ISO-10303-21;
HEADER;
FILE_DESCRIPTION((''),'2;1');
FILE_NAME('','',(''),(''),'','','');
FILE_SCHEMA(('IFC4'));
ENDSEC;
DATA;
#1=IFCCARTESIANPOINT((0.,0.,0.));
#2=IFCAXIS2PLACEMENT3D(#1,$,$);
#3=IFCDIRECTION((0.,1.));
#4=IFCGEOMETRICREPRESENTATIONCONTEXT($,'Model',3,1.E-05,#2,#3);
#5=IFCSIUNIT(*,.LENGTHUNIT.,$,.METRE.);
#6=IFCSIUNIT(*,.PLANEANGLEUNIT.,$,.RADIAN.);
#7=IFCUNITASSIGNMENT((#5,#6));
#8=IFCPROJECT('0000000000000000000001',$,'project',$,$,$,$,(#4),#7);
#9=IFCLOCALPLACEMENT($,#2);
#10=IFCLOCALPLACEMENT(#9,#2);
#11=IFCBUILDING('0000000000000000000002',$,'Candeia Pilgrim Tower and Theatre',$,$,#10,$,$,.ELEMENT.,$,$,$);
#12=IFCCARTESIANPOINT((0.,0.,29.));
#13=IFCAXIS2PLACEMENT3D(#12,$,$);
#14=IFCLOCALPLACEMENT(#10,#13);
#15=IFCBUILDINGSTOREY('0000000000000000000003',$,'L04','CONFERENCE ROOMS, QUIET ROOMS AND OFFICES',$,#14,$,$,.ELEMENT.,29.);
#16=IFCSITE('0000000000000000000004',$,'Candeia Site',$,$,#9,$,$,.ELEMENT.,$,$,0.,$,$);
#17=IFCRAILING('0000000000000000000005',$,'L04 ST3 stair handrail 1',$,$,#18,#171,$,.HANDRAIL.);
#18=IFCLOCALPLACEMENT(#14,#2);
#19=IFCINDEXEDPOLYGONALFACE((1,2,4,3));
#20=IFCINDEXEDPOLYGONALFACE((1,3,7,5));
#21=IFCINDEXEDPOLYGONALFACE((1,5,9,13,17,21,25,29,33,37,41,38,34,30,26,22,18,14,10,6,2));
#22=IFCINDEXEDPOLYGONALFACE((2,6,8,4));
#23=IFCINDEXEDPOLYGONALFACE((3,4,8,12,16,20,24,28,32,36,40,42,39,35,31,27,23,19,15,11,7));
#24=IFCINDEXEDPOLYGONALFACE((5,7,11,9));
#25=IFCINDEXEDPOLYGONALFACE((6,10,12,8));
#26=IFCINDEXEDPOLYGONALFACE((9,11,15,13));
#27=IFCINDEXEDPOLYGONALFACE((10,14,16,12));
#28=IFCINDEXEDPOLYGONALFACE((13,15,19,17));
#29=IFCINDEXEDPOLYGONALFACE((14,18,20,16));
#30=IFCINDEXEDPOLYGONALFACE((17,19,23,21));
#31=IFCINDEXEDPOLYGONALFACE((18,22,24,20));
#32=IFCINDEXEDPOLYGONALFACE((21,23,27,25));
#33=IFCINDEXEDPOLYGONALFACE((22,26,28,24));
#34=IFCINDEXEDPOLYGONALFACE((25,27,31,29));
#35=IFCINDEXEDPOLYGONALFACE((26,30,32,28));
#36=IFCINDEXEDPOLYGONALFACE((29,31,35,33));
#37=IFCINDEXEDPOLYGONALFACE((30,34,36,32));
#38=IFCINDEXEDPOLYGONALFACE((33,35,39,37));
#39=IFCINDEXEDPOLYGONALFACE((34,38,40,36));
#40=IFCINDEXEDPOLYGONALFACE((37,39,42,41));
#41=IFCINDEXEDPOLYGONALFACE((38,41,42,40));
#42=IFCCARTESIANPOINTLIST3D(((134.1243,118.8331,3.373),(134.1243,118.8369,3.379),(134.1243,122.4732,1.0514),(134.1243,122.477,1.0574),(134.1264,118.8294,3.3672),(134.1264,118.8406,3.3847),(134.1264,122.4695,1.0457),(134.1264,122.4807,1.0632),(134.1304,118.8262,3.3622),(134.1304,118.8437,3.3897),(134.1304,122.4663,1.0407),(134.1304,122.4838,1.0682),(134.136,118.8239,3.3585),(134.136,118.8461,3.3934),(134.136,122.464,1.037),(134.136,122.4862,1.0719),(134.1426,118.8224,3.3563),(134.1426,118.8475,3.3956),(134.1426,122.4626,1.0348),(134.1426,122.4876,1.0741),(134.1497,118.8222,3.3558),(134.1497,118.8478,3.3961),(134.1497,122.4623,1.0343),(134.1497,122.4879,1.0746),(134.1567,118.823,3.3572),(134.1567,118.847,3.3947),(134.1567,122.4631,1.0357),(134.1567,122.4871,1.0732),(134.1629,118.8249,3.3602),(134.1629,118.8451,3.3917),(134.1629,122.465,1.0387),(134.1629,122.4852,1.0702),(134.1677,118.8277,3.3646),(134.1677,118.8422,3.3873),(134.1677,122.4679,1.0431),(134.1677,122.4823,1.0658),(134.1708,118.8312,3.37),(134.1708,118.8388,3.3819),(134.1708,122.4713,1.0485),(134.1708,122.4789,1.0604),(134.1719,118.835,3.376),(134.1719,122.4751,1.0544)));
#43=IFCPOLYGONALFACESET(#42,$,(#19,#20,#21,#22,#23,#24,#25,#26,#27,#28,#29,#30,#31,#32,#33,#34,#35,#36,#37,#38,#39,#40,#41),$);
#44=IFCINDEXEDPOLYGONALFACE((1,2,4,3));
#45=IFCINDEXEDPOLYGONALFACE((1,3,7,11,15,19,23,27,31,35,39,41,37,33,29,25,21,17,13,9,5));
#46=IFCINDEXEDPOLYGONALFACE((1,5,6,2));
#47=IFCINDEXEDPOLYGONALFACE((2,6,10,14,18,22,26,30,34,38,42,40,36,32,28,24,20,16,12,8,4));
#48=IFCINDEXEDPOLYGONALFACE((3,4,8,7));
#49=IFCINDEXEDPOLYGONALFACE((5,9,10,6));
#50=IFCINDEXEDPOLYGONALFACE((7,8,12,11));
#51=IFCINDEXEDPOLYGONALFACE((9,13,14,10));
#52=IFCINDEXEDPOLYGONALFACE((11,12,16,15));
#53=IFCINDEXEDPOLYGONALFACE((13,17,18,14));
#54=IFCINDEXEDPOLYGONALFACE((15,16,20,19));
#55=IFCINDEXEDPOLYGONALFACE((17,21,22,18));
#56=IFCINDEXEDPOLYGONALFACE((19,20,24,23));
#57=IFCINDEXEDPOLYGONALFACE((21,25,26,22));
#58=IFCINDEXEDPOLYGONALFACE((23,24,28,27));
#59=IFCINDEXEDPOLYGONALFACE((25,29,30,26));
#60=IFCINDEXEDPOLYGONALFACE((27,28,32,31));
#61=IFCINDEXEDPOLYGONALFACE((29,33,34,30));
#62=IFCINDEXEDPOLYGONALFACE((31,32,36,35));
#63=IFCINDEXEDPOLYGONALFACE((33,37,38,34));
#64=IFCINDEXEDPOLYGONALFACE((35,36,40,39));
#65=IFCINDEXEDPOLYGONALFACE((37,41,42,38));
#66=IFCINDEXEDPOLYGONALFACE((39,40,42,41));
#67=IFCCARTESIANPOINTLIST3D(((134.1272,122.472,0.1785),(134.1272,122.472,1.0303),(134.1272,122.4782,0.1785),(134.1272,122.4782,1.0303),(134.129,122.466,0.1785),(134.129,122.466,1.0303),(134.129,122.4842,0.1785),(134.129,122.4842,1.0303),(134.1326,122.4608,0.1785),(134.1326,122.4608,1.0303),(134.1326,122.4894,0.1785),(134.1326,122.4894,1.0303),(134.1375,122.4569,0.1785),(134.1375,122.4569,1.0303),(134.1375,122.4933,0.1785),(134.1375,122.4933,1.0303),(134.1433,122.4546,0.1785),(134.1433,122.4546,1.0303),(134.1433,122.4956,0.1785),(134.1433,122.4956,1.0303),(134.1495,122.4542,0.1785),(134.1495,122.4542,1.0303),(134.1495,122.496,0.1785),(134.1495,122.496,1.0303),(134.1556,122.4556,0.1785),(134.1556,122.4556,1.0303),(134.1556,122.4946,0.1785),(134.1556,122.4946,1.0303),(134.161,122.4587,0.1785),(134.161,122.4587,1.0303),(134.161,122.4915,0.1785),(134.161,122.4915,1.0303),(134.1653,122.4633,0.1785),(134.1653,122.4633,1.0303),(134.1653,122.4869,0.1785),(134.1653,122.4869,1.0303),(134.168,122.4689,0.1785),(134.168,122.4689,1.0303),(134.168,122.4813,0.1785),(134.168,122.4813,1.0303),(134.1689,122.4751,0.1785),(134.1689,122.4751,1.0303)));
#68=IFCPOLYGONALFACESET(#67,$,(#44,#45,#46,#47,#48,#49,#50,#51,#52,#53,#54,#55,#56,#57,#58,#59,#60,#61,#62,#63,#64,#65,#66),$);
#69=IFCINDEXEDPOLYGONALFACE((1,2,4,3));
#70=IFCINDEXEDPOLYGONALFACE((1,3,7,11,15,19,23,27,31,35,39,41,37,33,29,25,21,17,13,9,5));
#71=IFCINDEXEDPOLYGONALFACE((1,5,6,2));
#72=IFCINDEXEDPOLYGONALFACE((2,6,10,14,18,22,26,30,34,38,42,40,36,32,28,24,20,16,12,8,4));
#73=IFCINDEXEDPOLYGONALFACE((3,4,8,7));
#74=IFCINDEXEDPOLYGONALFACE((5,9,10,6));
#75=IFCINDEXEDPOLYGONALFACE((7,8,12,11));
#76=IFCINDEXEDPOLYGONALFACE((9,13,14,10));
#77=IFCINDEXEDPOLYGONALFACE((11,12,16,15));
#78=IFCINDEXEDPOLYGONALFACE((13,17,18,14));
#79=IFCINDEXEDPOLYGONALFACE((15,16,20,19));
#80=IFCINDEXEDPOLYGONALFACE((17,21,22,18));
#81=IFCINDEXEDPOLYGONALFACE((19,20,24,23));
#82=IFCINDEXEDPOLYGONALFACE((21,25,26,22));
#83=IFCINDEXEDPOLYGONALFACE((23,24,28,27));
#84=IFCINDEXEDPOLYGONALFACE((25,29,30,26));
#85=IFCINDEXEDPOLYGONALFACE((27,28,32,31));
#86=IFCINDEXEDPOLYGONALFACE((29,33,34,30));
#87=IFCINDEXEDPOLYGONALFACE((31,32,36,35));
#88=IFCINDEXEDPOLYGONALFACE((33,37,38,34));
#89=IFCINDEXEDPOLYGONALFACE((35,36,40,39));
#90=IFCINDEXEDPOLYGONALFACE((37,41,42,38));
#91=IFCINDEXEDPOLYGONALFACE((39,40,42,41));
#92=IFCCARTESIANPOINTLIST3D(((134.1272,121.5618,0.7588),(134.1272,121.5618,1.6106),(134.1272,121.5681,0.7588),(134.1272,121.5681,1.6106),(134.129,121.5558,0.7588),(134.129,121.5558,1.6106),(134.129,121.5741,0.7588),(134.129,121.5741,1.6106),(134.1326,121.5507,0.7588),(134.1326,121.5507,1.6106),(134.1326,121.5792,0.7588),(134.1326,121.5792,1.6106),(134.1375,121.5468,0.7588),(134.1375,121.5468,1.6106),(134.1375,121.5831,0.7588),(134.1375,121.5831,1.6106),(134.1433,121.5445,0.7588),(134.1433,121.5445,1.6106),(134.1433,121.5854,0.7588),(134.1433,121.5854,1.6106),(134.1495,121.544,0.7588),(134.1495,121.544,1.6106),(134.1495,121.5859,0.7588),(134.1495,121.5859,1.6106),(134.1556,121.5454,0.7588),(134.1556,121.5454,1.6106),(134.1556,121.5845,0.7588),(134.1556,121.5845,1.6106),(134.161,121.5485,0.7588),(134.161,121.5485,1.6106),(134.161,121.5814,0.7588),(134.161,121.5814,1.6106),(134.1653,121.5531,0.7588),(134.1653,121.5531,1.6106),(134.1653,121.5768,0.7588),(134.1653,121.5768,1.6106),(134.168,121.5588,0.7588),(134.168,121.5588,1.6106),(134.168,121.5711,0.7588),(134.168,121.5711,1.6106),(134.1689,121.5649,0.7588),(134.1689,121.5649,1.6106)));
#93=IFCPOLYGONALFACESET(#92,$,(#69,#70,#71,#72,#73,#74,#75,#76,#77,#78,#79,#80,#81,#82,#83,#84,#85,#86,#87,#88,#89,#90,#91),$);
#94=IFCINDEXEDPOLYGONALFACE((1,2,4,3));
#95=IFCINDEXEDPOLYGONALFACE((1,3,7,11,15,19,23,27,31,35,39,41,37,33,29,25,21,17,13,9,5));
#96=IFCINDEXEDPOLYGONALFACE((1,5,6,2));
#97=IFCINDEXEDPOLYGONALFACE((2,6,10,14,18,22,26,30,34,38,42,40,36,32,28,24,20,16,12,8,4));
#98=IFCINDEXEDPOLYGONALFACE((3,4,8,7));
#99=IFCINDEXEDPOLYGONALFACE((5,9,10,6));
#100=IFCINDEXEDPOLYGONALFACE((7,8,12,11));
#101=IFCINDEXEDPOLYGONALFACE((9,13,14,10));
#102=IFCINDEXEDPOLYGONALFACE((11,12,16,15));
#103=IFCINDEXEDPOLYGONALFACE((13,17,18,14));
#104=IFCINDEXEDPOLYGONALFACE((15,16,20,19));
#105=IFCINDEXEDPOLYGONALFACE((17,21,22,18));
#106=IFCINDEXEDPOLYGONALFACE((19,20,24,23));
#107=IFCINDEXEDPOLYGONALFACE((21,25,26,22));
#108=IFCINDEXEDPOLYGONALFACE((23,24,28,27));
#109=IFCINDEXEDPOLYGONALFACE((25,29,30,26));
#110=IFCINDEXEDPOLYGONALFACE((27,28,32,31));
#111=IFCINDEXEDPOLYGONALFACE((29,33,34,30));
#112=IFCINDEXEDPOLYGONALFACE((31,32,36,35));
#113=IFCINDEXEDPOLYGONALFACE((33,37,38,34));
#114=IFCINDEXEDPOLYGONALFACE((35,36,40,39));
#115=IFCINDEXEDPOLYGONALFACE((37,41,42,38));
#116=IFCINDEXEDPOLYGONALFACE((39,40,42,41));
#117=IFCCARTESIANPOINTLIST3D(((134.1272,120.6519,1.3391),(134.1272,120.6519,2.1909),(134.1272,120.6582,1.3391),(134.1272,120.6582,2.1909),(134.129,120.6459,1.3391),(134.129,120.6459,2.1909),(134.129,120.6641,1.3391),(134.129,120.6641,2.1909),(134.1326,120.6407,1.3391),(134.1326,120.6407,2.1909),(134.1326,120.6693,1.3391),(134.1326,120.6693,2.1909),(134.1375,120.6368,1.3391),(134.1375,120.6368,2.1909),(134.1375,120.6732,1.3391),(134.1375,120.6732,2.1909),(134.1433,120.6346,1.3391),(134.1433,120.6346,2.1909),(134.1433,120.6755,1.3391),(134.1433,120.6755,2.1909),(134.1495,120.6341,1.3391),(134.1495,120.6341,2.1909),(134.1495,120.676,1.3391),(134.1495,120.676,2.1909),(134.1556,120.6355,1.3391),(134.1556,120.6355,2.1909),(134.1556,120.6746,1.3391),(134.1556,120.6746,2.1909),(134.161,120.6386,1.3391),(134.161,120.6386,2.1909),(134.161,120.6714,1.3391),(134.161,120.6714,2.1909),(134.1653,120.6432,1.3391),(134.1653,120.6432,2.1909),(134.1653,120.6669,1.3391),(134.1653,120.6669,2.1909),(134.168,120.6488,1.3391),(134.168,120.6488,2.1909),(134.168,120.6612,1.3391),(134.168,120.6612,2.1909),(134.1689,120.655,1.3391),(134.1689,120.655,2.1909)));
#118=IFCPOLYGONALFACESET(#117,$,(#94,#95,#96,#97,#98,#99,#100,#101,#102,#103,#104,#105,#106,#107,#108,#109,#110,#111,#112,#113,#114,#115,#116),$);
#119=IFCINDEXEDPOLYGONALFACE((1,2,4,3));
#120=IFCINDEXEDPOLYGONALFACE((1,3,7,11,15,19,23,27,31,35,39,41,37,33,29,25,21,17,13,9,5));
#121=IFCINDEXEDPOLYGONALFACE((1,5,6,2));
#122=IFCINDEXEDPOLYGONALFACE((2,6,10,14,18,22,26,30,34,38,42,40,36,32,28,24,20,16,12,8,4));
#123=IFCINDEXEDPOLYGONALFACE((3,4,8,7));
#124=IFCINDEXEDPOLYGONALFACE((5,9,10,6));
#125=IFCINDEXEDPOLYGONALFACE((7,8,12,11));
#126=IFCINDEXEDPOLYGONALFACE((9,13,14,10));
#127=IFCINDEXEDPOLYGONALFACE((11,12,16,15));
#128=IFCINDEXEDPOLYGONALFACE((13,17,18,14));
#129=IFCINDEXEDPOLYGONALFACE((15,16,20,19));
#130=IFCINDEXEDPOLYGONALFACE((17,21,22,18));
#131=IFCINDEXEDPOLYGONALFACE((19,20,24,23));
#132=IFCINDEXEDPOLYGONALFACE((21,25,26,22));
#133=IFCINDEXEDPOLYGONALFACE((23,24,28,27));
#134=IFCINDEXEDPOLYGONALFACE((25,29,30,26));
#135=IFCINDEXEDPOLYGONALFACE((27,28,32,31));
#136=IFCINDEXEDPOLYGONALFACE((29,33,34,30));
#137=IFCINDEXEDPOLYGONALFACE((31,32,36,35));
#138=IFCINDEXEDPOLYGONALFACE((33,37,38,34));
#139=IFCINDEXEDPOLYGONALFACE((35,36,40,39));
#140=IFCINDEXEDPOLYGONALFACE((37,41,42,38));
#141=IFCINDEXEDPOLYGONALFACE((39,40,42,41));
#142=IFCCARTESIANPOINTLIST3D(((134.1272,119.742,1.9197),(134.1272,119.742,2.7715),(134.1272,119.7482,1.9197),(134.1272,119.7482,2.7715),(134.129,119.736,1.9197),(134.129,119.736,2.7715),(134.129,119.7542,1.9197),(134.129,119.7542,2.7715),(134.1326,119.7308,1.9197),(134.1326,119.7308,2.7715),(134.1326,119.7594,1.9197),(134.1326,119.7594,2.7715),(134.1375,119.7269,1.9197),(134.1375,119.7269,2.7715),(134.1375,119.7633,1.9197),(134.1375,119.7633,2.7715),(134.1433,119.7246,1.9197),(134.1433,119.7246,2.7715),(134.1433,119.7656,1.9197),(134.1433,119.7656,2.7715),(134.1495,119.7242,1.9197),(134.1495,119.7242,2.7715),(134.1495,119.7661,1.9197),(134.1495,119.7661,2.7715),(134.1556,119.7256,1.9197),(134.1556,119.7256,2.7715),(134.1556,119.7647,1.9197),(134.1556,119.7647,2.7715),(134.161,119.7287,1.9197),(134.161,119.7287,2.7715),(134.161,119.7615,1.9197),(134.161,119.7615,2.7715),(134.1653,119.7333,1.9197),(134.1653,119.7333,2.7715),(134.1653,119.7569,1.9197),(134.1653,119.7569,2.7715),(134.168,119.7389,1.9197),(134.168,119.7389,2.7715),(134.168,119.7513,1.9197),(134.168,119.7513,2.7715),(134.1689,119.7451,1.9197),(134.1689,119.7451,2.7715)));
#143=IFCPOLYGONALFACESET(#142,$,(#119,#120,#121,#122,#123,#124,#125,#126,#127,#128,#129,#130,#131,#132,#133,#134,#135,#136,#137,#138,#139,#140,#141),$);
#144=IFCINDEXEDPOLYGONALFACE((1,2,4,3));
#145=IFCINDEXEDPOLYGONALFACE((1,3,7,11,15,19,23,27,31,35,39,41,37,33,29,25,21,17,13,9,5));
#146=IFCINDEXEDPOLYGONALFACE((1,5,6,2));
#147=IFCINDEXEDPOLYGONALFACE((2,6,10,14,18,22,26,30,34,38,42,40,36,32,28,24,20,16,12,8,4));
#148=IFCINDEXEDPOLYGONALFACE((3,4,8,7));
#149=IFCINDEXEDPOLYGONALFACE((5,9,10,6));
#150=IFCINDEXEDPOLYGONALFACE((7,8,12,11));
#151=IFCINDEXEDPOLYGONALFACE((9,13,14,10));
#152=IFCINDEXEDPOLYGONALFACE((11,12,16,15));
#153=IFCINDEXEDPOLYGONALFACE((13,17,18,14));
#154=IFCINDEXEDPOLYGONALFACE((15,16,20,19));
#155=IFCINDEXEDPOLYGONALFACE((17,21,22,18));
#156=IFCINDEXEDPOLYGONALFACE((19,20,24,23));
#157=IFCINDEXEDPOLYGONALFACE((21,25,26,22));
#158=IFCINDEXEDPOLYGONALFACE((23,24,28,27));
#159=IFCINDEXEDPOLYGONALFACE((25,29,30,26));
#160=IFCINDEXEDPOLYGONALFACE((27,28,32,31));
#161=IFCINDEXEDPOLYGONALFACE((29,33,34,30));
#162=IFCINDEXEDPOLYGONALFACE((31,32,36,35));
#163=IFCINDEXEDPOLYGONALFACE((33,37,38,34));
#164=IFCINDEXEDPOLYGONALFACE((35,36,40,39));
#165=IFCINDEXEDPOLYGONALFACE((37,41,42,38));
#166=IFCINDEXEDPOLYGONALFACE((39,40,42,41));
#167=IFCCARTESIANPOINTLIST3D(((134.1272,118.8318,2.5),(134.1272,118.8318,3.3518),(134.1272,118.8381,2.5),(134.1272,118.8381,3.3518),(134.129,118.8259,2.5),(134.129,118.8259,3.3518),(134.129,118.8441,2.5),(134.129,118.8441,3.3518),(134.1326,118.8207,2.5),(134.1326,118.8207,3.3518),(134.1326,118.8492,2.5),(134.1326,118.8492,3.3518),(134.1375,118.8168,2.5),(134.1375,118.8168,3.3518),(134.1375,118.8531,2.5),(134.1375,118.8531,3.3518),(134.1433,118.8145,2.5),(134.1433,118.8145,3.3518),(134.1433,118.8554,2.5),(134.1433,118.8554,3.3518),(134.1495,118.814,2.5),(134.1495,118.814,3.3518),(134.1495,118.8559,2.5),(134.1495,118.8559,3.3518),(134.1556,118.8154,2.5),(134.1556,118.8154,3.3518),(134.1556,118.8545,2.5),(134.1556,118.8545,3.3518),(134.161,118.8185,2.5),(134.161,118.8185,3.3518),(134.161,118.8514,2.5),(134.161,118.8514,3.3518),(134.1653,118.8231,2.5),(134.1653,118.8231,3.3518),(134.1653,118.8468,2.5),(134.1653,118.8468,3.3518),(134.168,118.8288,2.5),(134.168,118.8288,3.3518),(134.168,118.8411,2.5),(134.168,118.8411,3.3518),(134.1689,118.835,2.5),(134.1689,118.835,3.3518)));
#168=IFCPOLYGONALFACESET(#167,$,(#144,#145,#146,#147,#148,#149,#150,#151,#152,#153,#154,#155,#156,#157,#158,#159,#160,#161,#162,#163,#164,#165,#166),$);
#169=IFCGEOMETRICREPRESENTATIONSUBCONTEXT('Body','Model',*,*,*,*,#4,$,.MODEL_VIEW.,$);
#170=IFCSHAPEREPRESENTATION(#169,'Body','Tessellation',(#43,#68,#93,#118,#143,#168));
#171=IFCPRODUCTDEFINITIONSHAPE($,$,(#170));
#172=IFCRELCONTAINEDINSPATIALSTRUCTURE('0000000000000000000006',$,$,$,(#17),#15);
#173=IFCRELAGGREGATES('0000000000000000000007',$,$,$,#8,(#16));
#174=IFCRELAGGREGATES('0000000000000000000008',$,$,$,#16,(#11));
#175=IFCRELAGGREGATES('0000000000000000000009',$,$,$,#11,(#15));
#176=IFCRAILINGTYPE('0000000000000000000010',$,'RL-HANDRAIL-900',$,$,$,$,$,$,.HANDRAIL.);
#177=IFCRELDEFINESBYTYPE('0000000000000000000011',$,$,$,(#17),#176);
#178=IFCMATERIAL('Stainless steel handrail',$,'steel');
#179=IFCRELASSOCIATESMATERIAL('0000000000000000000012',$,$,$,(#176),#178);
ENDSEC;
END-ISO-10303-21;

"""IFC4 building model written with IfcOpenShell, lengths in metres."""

from ifc_helpers import new_model, si_unit, direction, frame, origin, origin_2d, place, context, subcontext, project, spatial, circle, extrude, material, type_object, element, save


model = new_model("IFC4")

# Units and contexts
model_context = context("Model", 3, precision=1e-05, world=origin(), true_north=direction((0.0, 1.0)))
body_context = subcontext(model_context, "Body", "Model", "MODEL_VIEW")
ifc_project = project(units=[si_unit("LENGTHUNIT", "METRE"), si_unit("PLANEANGLEUNIT", "RADIAN")], contexts=[model_context])

# Site, building, storey
site_placement = place(None, origin())
site = spatial("IfcSite", under=ifc_project, at=site_placement, Name="Candeia Site", CompositionType="ELEMENT", RefElevation=0.0)
building_placement = place(site_placement, origin())
building = spatial("IfcBuilding", under=site, at=building_placement, Name="Candeia Pilgrim Tower and Theatre", CompositionType="ELEMENT")
storey_placement = place(building_placement, frame((0.0, 0.0, 29.0)))
storey = spatial("IfcBuildingStorey", under=building, at=storey_placement, Name="L04", Description="CONFERENCE ROOMS, QUIET ROOMS AND OFFICES", CompositionType="ELEMENT", Elevation=29.0)

# Railing
ifc_material_1 = material(Name="Stainless steel handrail", Category="steel")
railing_type_1 = type_object("IfcRailingType", Name="RL-HANDRAIL-900", PredefinedType="HANDRAIL", material=ifc_material_1)
railing_1_placement = place(storey_placement, frame((134.1479, 122.4751, 0.1785)))
element("IfcRailing", 1, at=railing_1_placement, inside=storey, type_object=railing_type_1, Name="L04 ST3 stair handrail 1", PredefinedType="HANDRAIL", context=body_context, shape_type="SweptSolid", body=[
    extrude(circle(Radius=0.0239, at=origin_2d()), frame((0.0, 0.0, 0.876), z_axis=(0.0, -0.843128, 0.537713), x_axis=(1.0, 0.0, 0.0)), (0.0, 0.0, 1.0), 4.3174),
    extrude(circle(Radius=0.021, at=origin_2d()), origin(), (0.0, 0.0, 1.0), 0.8518),
    extrude(circle(Radius=0.021, at=origin_2d()), frame((0.0, -0.9102, 0.5803)), (0.0, 0.0, 1.0), 0.8518),
    extrude(circle(Radius=0.021, at=origin_2d()), frame((0.0, -1.8201, 1.1606)), (0.0, 0.0, 1.0), 0.8518),
    extrude(circle(Radius=0.021, at=origin_2d()), frame((0.0, -2.73, 1.7412)), (0.0, 0.0, 1.0), 0.8518),
    extrude(circle(Radius=0.021, at=origin_2d()), frame((0.0, -3.6401, 2.3215)), (0.0, 0.0, 1.0), 0.8518),
])

save(model, "model.ifc")
